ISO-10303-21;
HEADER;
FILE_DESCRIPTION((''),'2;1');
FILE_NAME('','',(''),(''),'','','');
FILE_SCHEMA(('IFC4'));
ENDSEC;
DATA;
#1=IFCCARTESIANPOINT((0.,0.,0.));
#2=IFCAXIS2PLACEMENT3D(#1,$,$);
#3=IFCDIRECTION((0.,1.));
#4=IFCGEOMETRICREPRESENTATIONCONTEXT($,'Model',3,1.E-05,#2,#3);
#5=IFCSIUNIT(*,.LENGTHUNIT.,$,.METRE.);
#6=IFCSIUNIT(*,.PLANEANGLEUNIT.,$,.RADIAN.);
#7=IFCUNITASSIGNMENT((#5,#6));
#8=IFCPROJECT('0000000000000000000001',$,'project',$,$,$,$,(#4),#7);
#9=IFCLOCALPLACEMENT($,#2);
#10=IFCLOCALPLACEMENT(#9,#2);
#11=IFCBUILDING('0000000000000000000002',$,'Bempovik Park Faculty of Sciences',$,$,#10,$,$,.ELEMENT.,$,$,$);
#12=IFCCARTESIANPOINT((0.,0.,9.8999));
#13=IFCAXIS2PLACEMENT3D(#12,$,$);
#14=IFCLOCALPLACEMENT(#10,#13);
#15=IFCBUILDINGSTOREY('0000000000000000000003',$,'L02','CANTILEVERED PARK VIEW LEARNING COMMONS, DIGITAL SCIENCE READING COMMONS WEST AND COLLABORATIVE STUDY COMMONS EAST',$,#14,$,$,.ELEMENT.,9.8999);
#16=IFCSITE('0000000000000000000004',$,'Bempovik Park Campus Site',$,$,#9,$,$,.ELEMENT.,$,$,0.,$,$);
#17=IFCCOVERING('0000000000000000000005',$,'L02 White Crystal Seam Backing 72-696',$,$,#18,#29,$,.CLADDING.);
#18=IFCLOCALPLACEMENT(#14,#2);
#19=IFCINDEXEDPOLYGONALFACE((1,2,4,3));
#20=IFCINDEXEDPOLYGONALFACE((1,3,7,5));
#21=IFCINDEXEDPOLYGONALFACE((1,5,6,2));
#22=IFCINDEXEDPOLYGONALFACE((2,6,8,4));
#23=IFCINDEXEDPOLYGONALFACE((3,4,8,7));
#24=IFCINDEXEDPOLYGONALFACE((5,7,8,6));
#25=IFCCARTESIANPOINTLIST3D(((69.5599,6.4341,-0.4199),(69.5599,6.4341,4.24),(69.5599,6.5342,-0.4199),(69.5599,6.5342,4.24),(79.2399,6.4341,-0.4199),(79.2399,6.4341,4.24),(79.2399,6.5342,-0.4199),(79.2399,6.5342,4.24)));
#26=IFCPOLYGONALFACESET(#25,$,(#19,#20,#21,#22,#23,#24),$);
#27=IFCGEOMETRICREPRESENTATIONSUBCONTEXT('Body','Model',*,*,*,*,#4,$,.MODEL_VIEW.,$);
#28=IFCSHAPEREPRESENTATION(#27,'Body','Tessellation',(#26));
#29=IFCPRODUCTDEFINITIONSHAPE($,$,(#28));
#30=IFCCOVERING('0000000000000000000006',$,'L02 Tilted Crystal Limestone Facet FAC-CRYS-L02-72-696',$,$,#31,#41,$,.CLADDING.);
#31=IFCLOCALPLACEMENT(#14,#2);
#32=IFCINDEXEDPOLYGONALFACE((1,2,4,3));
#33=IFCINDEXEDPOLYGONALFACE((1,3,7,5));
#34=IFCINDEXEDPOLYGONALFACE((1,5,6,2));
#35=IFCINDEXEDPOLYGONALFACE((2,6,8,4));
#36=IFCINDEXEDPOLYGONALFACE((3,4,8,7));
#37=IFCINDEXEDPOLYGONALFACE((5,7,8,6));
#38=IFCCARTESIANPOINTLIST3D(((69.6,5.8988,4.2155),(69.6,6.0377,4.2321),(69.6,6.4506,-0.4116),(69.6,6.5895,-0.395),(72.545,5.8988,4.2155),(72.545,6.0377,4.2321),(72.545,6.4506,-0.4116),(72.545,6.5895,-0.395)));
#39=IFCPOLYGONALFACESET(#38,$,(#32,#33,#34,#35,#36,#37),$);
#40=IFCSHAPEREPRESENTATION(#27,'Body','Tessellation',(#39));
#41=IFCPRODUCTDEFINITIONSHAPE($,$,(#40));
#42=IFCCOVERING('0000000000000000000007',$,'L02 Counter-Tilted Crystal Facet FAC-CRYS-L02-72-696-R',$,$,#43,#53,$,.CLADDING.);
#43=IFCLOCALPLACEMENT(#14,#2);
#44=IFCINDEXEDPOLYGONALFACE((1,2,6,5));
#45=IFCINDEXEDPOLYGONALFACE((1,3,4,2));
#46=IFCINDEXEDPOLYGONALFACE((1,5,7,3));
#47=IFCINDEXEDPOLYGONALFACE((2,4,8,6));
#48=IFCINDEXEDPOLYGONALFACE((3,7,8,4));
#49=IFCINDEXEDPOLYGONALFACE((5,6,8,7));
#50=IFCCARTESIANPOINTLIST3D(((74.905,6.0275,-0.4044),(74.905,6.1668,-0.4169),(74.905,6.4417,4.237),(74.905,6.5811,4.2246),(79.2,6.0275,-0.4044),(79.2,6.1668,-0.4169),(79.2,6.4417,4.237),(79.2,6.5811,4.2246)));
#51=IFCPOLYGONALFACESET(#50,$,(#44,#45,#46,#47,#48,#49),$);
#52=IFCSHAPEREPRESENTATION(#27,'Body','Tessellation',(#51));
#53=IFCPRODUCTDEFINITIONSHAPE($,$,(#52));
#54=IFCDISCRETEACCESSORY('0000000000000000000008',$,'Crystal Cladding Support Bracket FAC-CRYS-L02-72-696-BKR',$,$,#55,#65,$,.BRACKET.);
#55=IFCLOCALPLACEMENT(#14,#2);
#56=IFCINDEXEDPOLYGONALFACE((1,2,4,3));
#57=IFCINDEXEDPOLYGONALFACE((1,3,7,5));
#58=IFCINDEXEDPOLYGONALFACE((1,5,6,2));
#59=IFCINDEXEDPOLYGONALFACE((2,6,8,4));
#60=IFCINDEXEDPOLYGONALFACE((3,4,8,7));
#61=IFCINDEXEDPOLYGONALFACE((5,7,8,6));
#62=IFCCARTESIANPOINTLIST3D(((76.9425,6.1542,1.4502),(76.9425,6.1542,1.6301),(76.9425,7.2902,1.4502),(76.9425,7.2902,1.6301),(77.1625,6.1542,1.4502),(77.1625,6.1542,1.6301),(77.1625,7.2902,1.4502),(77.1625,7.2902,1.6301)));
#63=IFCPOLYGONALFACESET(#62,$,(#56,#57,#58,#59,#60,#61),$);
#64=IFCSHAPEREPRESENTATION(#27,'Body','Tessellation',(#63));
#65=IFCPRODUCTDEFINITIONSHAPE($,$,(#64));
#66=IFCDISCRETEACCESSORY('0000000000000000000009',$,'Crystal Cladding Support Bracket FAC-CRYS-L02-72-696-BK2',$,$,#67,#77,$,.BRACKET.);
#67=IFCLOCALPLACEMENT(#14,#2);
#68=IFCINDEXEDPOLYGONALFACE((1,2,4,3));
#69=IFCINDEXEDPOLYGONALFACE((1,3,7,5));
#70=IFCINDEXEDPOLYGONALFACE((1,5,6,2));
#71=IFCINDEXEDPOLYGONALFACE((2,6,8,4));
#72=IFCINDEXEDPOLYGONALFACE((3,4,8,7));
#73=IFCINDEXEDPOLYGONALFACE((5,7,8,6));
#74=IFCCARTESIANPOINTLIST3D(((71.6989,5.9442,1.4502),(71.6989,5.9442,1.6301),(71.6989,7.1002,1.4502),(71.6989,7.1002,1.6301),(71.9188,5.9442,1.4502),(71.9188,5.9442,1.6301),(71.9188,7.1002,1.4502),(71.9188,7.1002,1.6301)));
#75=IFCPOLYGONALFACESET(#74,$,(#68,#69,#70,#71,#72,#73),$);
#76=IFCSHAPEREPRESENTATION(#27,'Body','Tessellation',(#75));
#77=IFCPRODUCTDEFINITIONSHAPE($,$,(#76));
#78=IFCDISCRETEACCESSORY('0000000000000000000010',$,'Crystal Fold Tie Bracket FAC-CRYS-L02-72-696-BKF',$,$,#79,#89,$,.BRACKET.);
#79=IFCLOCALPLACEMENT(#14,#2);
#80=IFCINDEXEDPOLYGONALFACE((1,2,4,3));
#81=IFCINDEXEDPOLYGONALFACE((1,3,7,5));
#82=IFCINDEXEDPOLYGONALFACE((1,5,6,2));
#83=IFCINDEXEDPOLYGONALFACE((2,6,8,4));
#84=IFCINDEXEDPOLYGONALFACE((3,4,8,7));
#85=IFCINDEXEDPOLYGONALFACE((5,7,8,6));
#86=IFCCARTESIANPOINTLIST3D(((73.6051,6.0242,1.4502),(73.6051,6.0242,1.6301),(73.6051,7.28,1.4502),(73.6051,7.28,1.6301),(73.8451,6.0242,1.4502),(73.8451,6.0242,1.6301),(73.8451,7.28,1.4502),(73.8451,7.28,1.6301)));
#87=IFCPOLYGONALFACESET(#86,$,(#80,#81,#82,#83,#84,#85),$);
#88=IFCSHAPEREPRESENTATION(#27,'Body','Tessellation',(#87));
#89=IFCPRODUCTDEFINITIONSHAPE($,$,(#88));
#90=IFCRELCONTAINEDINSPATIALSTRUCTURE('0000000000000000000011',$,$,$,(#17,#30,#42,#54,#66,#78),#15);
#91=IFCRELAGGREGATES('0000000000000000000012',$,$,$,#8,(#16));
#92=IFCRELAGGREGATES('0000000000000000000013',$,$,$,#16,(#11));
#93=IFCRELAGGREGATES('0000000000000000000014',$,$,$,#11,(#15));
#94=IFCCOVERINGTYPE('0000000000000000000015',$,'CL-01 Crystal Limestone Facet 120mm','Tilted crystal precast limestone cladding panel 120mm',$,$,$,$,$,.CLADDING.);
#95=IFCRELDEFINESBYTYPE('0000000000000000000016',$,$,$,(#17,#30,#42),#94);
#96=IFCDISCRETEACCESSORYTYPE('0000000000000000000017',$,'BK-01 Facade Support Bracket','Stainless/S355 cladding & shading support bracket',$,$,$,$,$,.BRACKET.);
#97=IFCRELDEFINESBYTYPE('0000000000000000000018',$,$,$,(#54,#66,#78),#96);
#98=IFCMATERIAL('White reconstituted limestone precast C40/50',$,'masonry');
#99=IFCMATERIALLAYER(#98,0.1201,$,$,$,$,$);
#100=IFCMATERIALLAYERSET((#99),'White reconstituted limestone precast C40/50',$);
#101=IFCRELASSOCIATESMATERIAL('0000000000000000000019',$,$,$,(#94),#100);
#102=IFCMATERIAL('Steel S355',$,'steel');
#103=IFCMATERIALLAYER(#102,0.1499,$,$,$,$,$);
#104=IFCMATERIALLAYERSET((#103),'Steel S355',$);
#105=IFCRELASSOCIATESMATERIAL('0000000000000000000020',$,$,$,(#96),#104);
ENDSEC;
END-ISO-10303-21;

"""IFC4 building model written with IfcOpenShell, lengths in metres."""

from ifc_helpers import new_model, si_unit, direction, frame, origin, origin_2d, place, context, subcontext, project, spatial, rectangle, extrude, material, layer, layer_set, type_object, element, save


model = new_model("IFC4")

# Units and contexts
model_context = context("Model", 3, precision=1e-05, world=origin(), true_north=direction((0.0, 1.0)))
body_context = subcontext(model_context, "Body", "Model", "MODEL_VIEW")
ifc_project = project(units=[si_unit("LENGTHUNIT", "METRE"), si_unit("PLANEANGLEUNIT", "RADIAN")], contexts=[model_context])

# Site, building, storey
site_placement = place(None, origin())
site = spatial("IfcSite", under=ifc_project, at=site_placement, Name="Bempovik Park Campus Site", CompositionType="ELEMENT", RefElevation=0.0)
building_placement = place(site_placement, origin())
building = spatial("IfcBuilding", under=site, at=building_placement, Name="Bempovik Park Faculty of Sciences", CompositionType="ELEMENT")
storey_placement = place(building_placement, frame((0.0, 0.0, 9.8999)))
storey = spatial("IfcBuildingStorey", under=building, at=storey_placement, Name="L02", Description="CANTILEVERED PARK VIEW LEARNING COMMONS, DIGITAL SCIENCE READING COMMONS WEST AND COLLABORATIVE STUDY COMMONS EAST", CompositionType="ELEMENT", Elevation=9.8999)

# Shared definitions
ifc_material_1 = material(Name="Steel S355", Category="steel")

# Coverings
ifc_material_2 = material(Name="White reconstituted limestone precast C40/50", Category="masonry")
ifc_layer_1 = layer(ifc_material_2, 0.1201)
ifc_layer_set_1 = layer_set([ifc_layer_1], Name="White reconstituted limestone precast C40/50")
covering_type = type_object("IfcCoveringType", Name="CL-01 Crystal Limestone Facet 120mm", Description="Tilted crystal precast limestone cladding panel 120mm", PredefinedType="CLADDING", material=ifc_layer_set_1)
covering_1_placement = place(storey_placement, frame((74.3999, 6.4841, -0.4199), z_axis=(0.0, 0.0, 1.0), x_axis=(1.0, 0.0, 0.0)))
element("IfcCovering", 1, at=covering_1_placement, inside=storey, type_object=covering_type, Name="L02 White Crystal Seam Backing 72-696", PredefinedType="CLADDING", context=body_context, shape_type="SweptSolid", body=[
    extrude(rectangle(XDim=9.6799, YDim=0.1001, at=origin_2d()), origin(), (0.0, 0.0, 1.0), 4.6599),
])
covering_2_placement = place(storey_placement, frame((71.0725, 6.52, -0.4033), z_axis=(0.0, -0.118404, 0.992966), x_axis=(1.0, 0.0, 0.0)))
element("IfcCovering", 2, at=covering_2_placement, inside=storey, type_object=covering_type, Name="L02 Tilted Crystal Limestone Facet FAC-CRYS-L02-72-696", PredefinedType="CLADDING", context=body_context, shape_type="SweptSolid", body=[
    extrude(rectangle(XDim=2.9451, YDim=0.1399, at=origin_2d()), origin(), (0.0, 0.0, 1.0), 4.6599),
])
covering_3_placement = place(storey_placement, frame((77.0525, 6.0972, -0.4106), z_axis=(0.0, 0.088894, 0.996041), x_axis=(1.0, 0.0, 0.0)))
element("IfcCovering", 3, at=covering_3_placement, inside=storey, type_object=covering_type, Name="L02 Counter-Tilted Crystal Facet FAC-CRYS-L02-72-696-R", PredefinedType="CLADDING", context=body_context, shape_type="SweptSolid", body=[
    extrude(rectangle(XDim=4.2949, YDim=0.1399, at=origin_2d()), origin(), (0.0, 0.0, 1.0), 4.6599),
])

# Discrete accessories
ifc_layer_2 = layer(ifc_material_1, 0.1499)
ifc_layer_set_2 = layer_set([ifc_layer_2], Name="Steel S355")
discrete_accessory_type = type_object("IfcDiscreteAccessoryType", Name="BK-01 Facade Support Bracket", Description="Stainless/S355 cladding & shading support bracket", PredefinedType="BRACKET", material=ifc_layer_set_2)
discrete_accessory_1_placement = place(storey_placement, frame((77.0525, 6.7222, 1.4502), z_axis=(0.0, 0.0, 1.0), x_axis=(1.0, 0.0, 0.0)))
element("IfcDiscreteAccessory", 4, at=discrete_accessory_1_placement, inside=storey, type_object=discrete_accessory_type, Name="Crystal Cladding Support Bracket FAC-CRYS-L02-72-696-BKR", PredefinedType="BRACKET", context=body_context, shape_type="SweptSolid", body=[
    extrude(rectangle(XDim=0.22, YDim=1.136, at=origin_2d()), origin(), (0.0, 0.0, 1.0), 0.1799),
])
discrete_accessory_2_placement = place(storey_placement, frame((71.8088, 6.5222, 1.4502), z_axis=(0.0, 0.0, 1.0), x_axis=(1.0, 0.0, 0.0)))
element("IfcDiscreteAccessory", 5, at=discrete_accessory_2_placement, inside=storey, type_object=discrete_accessory_type, Name="Crystal Cladding Support Bracket FAC-CRYS-L02-72-696-BK2", PredefinedType="BRACKET", context=body_context, shape_type="SweptSolid", body=[
    extrude(rectangle(XDim=0.22, YDim=1.156, at=origin_2d()), origin(), (0.0, 0.0, 1.0), 0.1799),
])
discrete_accessory_3_placement = place(storey_placement, frame((73.7251, 6.6521, 1.4502), z_axis=(0.0, 0.0, 1.0), x_axis=(1.0, 0.0, 0.0)))
element("IfcDiscreteAccessory", 6, at=discrete_accessory_3_placement, inside=storey, type_object=discrete_accessory_type, Name="Crystal Fold Tie Bracket FAC-CRYS-L02-72-696-BKF", PredefinedType="BRACKET", context=body_context, shape_type="SweptSolid", body=[
    extrude(rectangle(XDim=0.24, YDim=1.2559, at=origin_2d()), origin(), (0.0, 0.0, 1.0), 0.1799),
])

save(model, "model.ifc")
